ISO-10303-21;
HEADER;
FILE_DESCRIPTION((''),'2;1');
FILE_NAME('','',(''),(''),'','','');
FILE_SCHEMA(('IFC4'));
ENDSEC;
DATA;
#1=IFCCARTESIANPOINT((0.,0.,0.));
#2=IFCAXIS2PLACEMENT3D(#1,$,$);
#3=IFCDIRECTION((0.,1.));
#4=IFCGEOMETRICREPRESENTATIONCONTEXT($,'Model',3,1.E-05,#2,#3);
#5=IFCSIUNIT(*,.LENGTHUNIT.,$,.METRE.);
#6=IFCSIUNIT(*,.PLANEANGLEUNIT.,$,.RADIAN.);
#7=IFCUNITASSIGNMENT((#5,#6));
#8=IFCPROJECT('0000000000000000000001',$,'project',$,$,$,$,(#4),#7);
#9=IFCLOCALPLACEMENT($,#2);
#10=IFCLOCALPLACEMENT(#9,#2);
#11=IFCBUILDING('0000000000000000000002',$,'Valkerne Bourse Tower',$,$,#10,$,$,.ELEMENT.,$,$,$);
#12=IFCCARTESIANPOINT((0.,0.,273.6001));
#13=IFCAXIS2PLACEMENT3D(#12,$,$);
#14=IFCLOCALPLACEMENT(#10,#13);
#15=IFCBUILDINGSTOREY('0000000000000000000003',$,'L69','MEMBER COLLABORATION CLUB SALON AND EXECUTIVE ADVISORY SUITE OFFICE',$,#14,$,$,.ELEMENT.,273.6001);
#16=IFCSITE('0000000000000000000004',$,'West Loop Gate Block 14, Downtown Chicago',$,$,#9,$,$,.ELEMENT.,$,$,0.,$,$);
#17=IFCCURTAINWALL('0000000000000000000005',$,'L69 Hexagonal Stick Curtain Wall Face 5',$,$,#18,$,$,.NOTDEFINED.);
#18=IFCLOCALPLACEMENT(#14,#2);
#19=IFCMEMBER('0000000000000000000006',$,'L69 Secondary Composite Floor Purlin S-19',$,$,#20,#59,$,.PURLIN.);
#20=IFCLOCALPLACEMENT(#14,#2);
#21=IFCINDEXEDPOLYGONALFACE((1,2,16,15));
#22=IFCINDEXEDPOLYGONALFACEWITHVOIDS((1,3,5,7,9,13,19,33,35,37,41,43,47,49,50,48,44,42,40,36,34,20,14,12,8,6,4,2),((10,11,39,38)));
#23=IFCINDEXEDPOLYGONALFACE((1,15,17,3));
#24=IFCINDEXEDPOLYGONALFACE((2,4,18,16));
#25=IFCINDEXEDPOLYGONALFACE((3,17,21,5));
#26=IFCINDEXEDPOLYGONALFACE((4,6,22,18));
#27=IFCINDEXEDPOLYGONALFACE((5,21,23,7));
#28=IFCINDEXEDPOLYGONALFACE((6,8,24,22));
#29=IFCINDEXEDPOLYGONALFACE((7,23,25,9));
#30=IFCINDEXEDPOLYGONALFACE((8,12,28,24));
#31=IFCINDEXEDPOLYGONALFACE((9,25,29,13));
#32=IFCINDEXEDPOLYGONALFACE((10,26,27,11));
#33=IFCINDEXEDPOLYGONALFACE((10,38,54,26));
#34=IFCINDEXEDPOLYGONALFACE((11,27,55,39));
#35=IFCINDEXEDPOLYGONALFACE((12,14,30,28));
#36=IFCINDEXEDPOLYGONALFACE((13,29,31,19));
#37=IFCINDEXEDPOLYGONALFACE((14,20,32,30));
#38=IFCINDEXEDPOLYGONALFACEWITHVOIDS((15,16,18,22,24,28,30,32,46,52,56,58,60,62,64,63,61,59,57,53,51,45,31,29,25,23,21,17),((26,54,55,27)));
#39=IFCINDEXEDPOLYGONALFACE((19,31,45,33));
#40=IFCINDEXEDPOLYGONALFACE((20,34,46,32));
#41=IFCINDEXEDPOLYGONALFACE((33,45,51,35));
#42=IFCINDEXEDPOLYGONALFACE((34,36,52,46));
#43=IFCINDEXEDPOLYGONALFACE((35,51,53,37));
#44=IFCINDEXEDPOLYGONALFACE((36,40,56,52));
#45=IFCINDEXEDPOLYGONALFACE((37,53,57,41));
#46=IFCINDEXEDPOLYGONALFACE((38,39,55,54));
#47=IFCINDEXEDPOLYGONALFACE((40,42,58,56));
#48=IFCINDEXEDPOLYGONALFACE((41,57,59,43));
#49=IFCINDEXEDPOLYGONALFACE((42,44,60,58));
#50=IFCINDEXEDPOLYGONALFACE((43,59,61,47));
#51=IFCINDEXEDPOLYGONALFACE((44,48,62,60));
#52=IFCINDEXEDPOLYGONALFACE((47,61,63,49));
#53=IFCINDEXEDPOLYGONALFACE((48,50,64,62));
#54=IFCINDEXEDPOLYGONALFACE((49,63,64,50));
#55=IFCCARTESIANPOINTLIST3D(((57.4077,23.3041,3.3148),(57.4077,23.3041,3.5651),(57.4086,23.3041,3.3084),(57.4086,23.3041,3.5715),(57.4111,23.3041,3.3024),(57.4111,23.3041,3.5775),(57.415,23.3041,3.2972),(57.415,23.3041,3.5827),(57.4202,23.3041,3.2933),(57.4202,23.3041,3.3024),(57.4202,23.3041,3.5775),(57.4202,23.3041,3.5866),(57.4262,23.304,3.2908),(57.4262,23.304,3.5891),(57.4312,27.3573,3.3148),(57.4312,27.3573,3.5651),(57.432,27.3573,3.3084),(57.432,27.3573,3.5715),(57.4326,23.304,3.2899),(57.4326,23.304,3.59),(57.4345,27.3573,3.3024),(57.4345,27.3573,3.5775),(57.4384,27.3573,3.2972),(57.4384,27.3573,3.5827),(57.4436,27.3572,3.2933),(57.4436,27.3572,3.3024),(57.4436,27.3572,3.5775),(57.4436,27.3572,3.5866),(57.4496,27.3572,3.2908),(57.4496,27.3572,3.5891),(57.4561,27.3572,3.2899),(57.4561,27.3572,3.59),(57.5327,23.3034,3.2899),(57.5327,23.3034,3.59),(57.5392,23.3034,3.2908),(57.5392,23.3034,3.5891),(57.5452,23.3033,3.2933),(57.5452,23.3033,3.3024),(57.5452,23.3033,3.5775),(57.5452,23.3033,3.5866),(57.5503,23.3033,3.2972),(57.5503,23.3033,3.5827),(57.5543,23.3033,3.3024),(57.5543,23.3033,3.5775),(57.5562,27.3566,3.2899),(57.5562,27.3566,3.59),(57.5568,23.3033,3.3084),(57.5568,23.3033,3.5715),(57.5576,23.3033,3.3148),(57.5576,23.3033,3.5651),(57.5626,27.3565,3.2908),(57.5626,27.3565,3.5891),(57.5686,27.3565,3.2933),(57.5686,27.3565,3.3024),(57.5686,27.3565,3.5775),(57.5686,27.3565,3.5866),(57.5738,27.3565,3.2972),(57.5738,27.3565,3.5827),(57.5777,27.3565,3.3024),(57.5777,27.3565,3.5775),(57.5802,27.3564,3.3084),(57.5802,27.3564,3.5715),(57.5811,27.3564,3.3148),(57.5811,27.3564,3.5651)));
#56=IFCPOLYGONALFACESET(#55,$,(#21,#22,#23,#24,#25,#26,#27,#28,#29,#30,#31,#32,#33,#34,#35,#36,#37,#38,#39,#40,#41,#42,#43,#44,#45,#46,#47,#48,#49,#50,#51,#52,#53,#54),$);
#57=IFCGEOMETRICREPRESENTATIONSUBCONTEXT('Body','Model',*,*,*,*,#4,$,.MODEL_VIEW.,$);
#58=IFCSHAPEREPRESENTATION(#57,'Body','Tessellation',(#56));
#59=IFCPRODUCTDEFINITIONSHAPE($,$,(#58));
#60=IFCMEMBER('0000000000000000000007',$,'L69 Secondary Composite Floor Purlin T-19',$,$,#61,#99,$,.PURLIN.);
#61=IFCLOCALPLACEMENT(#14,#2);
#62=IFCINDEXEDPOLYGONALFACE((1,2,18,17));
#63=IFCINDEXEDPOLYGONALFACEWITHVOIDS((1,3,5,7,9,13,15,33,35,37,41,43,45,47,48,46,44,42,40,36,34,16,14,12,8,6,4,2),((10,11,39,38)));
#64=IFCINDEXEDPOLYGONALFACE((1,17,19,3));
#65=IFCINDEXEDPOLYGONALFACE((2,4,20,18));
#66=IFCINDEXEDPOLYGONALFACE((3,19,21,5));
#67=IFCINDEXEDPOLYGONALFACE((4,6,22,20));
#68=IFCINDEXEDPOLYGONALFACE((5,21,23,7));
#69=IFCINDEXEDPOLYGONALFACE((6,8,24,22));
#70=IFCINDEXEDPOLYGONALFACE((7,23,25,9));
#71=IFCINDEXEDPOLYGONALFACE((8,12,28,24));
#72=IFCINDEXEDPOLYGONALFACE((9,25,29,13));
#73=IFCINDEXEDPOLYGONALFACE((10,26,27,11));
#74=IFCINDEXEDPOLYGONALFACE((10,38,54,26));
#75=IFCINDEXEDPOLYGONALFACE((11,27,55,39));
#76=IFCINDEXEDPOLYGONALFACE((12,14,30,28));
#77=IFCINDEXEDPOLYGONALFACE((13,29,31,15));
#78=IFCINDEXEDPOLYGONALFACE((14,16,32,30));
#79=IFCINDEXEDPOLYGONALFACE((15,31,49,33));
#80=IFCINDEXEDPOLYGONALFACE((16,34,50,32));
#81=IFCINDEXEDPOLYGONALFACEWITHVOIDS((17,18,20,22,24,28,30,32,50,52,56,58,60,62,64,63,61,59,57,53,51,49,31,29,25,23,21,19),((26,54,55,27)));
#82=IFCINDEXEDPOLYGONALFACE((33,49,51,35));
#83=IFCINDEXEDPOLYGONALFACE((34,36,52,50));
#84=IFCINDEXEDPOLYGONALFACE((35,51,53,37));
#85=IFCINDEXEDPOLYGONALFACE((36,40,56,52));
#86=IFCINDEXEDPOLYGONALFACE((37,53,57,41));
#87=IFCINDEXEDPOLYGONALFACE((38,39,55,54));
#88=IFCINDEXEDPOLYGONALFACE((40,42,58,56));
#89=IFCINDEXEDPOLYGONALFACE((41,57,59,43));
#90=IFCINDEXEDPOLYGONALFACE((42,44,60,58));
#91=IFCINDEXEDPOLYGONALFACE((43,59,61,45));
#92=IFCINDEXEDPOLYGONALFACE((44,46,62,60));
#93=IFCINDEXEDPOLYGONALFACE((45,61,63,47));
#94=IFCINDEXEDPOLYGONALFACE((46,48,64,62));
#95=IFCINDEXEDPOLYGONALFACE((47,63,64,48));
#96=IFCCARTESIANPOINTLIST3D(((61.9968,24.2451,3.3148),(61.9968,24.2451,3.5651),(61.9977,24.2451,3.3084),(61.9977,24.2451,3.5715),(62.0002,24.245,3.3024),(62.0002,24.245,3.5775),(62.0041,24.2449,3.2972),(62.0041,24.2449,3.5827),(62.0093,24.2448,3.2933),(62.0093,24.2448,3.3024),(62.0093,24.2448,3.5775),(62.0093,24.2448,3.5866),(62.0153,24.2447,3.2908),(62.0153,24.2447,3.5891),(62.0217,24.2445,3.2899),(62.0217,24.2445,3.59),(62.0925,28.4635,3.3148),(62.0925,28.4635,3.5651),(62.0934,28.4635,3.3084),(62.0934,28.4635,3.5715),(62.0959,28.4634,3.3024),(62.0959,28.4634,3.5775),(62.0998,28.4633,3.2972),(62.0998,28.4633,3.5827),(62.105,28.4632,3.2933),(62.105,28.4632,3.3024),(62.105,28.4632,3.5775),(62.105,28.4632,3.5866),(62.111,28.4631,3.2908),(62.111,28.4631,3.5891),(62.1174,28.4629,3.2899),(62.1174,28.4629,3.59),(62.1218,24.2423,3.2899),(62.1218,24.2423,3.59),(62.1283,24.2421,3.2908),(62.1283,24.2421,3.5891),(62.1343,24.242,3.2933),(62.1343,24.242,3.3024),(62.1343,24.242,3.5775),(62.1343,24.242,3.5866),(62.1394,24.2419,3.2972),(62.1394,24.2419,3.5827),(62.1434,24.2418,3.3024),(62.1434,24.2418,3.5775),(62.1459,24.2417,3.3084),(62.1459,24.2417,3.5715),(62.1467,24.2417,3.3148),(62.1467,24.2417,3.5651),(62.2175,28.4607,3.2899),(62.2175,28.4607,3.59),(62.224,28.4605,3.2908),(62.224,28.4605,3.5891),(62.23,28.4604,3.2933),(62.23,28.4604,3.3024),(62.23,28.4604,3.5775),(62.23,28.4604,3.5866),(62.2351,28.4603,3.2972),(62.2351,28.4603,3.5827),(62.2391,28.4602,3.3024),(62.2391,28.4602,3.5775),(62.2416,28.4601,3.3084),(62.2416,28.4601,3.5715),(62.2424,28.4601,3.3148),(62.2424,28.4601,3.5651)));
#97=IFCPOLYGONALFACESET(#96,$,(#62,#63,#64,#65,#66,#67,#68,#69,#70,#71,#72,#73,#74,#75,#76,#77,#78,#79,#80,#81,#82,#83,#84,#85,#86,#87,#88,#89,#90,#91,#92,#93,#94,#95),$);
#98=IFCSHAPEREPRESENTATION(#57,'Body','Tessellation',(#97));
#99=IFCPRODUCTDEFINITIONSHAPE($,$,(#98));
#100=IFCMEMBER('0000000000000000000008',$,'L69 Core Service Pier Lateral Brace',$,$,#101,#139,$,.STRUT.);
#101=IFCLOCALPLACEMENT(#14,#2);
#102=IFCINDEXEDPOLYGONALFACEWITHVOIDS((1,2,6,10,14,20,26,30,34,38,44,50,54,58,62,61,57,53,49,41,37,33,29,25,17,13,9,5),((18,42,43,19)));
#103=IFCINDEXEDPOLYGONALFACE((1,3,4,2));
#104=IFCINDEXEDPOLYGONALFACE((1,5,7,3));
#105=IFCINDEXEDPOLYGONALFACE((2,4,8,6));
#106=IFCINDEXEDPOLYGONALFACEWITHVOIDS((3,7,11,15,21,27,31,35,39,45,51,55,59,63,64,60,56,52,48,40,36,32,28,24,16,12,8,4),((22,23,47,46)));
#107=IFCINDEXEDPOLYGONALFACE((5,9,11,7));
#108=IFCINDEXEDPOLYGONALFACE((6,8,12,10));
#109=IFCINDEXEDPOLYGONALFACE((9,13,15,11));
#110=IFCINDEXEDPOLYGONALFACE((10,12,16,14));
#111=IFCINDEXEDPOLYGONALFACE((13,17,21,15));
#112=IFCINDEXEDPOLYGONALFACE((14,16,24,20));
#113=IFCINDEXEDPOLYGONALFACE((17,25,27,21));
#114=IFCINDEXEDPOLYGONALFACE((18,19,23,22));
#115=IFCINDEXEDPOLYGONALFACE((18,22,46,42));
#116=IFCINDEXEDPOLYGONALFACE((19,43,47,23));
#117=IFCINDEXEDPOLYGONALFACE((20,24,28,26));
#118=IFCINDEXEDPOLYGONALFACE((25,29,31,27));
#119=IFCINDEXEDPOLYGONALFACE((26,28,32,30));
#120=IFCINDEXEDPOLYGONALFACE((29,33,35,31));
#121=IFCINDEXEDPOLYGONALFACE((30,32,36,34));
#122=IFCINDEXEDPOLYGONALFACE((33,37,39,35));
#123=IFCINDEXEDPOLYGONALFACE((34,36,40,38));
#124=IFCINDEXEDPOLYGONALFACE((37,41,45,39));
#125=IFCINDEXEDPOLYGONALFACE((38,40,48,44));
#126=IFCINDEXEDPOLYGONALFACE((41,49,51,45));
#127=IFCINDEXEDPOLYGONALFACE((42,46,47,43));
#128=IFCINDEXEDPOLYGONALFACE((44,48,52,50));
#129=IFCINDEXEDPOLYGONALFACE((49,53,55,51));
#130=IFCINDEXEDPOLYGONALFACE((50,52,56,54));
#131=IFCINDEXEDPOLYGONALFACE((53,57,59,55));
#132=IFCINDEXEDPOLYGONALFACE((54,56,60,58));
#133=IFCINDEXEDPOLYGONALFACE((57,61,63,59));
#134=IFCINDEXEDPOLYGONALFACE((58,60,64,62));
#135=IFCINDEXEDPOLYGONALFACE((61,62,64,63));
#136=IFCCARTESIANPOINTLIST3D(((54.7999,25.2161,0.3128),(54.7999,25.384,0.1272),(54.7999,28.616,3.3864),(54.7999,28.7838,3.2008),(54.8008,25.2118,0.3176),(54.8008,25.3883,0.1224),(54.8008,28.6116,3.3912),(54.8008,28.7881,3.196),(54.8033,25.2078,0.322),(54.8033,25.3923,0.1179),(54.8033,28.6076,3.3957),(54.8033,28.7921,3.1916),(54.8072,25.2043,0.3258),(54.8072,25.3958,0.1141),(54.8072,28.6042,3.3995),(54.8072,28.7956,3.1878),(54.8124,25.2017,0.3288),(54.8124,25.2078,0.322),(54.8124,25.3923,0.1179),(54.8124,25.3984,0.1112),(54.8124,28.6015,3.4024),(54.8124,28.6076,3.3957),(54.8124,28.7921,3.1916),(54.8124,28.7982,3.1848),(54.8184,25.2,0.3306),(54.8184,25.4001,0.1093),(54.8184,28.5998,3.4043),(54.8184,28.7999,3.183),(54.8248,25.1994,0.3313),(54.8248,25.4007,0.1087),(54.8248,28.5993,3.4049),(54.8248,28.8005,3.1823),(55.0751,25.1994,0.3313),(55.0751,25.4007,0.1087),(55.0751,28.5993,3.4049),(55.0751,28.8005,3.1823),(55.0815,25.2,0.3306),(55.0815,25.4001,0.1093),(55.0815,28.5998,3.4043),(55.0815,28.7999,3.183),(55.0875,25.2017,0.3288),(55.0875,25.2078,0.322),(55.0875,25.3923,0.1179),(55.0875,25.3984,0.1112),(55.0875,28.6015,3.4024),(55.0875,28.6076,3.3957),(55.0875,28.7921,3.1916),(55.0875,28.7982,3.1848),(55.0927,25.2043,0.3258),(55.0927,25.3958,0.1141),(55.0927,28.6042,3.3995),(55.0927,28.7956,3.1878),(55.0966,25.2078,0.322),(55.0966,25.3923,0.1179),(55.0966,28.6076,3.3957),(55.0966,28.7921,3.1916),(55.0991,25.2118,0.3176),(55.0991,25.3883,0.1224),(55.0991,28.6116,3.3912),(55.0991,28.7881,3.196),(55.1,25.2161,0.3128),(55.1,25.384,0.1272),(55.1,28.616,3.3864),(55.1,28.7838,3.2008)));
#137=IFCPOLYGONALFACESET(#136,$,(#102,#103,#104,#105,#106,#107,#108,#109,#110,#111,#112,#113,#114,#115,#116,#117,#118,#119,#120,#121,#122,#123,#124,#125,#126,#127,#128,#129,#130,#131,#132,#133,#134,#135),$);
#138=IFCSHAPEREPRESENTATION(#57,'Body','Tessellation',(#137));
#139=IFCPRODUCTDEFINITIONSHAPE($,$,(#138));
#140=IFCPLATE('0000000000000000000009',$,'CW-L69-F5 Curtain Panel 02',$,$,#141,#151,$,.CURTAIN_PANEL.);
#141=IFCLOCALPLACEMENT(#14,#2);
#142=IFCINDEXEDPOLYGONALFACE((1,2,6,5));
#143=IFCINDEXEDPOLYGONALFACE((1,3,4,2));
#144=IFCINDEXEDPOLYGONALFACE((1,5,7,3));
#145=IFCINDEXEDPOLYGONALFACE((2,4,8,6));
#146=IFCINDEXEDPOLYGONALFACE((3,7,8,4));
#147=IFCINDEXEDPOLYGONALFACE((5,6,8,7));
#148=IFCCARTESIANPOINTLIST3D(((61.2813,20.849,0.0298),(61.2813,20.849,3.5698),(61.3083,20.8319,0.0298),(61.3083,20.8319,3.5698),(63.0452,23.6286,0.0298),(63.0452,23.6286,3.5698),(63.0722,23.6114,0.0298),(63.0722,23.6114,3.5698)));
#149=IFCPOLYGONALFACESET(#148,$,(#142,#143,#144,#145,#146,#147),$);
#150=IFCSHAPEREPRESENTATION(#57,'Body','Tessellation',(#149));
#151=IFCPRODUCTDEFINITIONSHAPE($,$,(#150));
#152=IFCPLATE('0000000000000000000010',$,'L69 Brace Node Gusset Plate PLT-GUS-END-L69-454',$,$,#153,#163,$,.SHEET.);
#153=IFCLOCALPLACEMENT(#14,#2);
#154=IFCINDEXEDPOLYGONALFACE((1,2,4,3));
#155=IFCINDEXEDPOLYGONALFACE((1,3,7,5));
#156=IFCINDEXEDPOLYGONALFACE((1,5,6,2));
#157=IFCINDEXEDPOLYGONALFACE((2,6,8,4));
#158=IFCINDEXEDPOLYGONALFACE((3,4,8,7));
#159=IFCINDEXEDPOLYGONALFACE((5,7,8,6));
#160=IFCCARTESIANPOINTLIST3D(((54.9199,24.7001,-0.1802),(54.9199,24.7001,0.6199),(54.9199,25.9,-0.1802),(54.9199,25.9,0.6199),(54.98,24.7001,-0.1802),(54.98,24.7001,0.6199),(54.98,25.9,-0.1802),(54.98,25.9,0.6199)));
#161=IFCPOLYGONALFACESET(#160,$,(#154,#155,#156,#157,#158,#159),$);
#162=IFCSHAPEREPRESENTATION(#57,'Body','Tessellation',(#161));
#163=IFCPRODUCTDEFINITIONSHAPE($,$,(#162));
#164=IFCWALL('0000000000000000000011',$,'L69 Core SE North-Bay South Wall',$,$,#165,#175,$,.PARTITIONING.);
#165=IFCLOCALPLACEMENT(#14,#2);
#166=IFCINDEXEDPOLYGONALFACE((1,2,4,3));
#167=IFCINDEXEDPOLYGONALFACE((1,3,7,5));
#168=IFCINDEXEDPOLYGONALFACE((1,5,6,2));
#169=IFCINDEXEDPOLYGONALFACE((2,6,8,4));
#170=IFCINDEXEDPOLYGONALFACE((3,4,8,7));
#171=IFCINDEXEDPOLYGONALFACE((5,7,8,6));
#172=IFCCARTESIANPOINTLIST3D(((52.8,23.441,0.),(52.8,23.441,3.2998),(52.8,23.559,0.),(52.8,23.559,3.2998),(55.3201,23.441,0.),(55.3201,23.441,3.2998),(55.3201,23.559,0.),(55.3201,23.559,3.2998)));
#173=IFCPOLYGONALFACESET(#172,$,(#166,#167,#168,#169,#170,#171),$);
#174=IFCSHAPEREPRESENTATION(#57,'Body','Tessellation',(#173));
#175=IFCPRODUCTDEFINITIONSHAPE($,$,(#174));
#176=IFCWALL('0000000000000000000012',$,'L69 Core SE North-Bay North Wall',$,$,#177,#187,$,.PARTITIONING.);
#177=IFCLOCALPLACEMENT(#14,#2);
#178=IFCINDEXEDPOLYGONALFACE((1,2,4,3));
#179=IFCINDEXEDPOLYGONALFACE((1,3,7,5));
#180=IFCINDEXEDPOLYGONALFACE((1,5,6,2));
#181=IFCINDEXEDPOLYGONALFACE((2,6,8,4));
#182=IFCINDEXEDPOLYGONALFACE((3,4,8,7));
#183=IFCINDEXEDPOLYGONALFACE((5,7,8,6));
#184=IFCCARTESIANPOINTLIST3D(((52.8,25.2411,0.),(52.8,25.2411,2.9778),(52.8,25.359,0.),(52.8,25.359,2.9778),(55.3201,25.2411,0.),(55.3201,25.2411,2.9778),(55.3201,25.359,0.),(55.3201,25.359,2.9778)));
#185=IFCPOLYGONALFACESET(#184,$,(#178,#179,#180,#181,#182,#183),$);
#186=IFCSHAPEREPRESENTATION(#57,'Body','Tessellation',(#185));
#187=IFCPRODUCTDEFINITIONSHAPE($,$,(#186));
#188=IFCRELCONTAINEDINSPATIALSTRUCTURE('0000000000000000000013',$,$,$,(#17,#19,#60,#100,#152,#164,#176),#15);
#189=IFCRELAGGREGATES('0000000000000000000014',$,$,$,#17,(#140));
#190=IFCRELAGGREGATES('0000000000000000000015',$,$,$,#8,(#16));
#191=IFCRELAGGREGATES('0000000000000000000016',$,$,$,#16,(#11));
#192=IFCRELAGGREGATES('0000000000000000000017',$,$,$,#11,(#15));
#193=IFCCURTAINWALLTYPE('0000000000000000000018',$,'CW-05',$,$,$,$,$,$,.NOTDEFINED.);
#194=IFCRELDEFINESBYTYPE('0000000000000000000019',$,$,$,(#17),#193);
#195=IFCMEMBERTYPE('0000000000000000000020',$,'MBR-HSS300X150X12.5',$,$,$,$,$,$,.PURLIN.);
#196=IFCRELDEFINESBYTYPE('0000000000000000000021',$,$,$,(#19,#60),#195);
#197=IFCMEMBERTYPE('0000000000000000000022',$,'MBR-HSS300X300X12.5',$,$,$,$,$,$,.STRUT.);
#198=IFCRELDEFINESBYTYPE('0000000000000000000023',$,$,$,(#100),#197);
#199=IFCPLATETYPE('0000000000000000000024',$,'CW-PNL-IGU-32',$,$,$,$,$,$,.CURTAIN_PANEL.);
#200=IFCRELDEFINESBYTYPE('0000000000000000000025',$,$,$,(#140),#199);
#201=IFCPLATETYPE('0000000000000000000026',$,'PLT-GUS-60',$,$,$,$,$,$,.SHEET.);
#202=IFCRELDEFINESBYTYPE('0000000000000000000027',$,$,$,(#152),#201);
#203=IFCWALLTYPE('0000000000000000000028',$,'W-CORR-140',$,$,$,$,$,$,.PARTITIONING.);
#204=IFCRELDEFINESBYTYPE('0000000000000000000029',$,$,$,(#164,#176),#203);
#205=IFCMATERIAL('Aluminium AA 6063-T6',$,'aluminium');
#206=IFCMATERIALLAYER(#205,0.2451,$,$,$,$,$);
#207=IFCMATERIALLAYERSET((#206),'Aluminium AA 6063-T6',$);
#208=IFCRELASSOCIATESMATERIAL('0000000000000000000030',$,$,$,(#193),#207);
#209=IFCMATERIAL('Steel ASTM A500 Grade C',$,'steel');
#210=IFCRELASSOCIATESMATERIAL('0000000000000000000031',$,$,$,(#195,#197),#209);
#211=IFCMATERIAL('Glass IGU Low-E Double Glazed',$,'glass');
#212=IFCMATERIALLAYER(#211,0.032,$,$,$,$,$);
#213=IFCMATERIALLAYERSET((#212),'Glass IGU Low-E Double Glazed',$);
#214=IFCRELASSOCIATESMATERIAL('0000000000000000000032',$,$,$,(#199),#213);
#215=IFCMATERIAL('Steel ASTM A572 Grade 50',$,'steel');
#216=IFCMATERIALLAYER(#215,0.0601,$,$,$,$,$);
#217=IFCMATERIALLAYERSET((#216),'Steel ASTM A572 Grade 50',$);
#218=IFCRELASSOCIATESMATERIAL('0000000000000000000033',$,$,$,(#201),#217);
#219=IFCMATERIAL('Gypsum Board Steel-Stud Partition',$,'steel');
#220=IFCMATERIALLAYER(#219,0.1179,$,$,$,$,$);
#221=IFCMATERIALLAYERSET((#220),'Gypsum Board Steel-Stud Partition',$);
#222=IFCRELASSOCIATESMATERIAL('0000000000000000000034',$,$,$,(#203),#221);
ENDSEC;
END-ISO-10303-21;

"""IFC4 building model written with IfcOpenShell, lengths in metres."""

from ifc_helpers import new_model, si_unit, direction, frame, frame_2d, origin, origin_2d, place, context, subcontext, project, spatial, rectangle, hollow_rectangle, extrude, material, layer, layer_set, material_profile, profile_set, type_object, element, aggregate, save


model = new_model("IFC4")

# Units and contexts
model_context = context("Model", 3, precision=1e-05, world=origin(), true_north=direction((0.0, 1.0)))
body_context = subcontext(model_context, "Body", "Model", "MODEL_VIEW")
ifc_project = project(units=[si_unit("LENGTHUNIT", "METRE"), si_unit("PLANEANGLEUNIT", "RADIAN")], contexts=[model_context])

# Site, building, storey
site_placement = place(None, origin())
site = spatial("IfcSite", under=ifc_project, at=site_placement, Name="West Loop Gate Block 14, Downtown Chicago", CompositionType="ELEMENT", RefElevation=0.0)
building_placement = place(site_placement, origin())
building = spatial("IfcBuilding", under=site, at=building_placement, Name="Valkerne Bourse Tower", CompositionType="ELEMENT")
storey_placement = place(building_placement, frame((0.0, 0.0, 273.6001)))
storey = spatial("IfcBuildingStorey", under=building, at=storey_placement, Name="L69", Description="MEMBER COLLABORATION CLUB SALON AND EXECUTIVE ADVISORY SUITE OFFICE", CompositionType="ELEMENT", Elevation=273.6001)

# Shared definitions
ifc_material_1 = material(Name="Steel ASTM A500 Grade C", Category="steel")

# Curtain wall
ifc_material_2 = material(Name="Aluminium AA 6063-T6", Category="aluminium")
ifc_layer_1 = layer(ifc_material_2, 0.2451)
ifc_layer_set_1 = layer_set([ifc_layer_1], Name="Aluminium AA 6063-T6")
curtain_wall_type = type_object("IfcCurtainWallType", Name="CW-05", PredefinedType="NOTDEFINED", material=ifc_layer_set_1)
curtain_wall_placement = place(storey_placement, origin())
curtain_wall = element("IfcCurtainWall", 1, at=curtain_wall_placement, inside=storey, type_object=curtain_wall_type, Name="L69 Hexagonal Stick Curtain Wall Face 5", PredefinedType="NOTDEFINED")

# Members
ifc_material_profile_1 = material_profile(ifc_material_1, hollow_rectangle(XDim=0.1499, YDim=0.3, WallThickness=0.0125, OuterFilletRadius=0.0249, at=origin_2d()), Name="HSS300X150X12.5")
ifc_profile_set_1 = profile_set([ifc_material_profile_1], Name="Steel ASTM A500 Grade C")
member_type_1 = type_object("IfcMemberType", Name="MBR-HSS300X150X12.5", PredefinedType="PURLIN", material=ifc_profile_set_1)
member_1_placement = place(storey_placement, frame((57.4827, 23.3037, 3.4399), z_axis=(0.005782, 0.999983, 0.0), x_axis=(-0.999983, 0.005782, 0.0)))
element("IfcMember", 2, at=member_1_placement, inside=storey, type_object=member_type_1, Name="L69 Secondary Composite Floor Purlin S-19", PredefinedType="PURLIN", context=body_context, shape_type="SweptSolid", body=[
    extrude(hollow_rectangle(XDim=0.1499, YDim=0.3, WallThickness=0.0125, OuterFilletRadius=0.0249, at=origin_2d()), origin(), (0.0, 0.0, 1.0), 4.0532),
])
member_2_placement = place(storey_placement, frame((62.0718, 24.2434, 3.4399), z_axis=(0.022681, 0.999743, 0.0), x_axis=(-0.999743, 0.022681, 0.0)))
element("IfcMember", 3, at=member_2_placement, inside=storey, type_object=member_type_1, Name="L69 Secondary Composite Floor Purlin T-19", PredefinedType="PURLIN", context=body_context, shape_type="SweptSolid", body=[
    extrude(hollow_rectangle(XDim=0.1499, YDim=0.3, WallThickness=0.0125, OuterFilletRadius=0.0249, at=origin_2d()), origin(), (0.0, 0.0, 1.0), 4.2195),
])
ifc_material_profile_2 = material_profile(ifc_material_1, hollow_rectangle(XDim=0.3, YDim=0.3, WallThickness=0.0125, OuterFilletRadius=0.0249, at=origin_2d()), Name="HSS300X300X12.5")
ifc_profile_set_2 = profile_set([ifc_material_profile_2], Name="Steel ASTM A500 Grade C")
member_type_2 = type_object("IfcMemberType", Name="MBR-HSS300X300X12.5", PredefinedType="STRUT", material=ifc_profile_set_2)
member_3_placement = place(storey_placement, frame((54.95, 25.3, 0.22), z_axis=(0.0, 0.741793, 0.670629), x_axis=(-1.0, 0.0, 0.0)))
element("IfcMember", 4, at=member_3_placement, inside=storey, type_object=member_type_2, Name="L69 Core Service Pier Lateral Brace", PredefinedType="STRUT", context=body_context, shape_type="SweptSolid", body=[
    extrude(hollow_rectangle(XDim=0.3, YDim=0.3, WallThickness=0.0125, OuterFilletRadius=0.0249, at=origin_2d()), origin(), (0.0, 0.0, 1.0), 4.5833),
])

# Plates
ifc_material_3 = material(Name="Glass IGU Low-E Double Glazed", Category="glass")
ifc_layer_2 = layer(ifc_material_3, 0.032)
ifc_layer_set_2 = layer_set([ifc_layer_2], Name="Glass IGU Low-E Double Glazed")
plate_type_1 = type_object("IfcPlateType", Name="CW-PNL-IGU-32", PredefinedType="CURTAIN_PANEL", material=ifc_layer_set_2)
plate_1_placement = place(storey_placement, frame((62.1768, 22.2302, 0.0298), z_axis=(0.0, 0.0, 1.0), x_axis=(0.535827, 0.844328, 0.0)))
plate_1 = element("IfcPlate", 5, at=plate_1_placement, type_object=plate_type_1, Name="CW-L69-F5 Curtain Panel 02", PredefinedType="CURTAIN_PANEL", context=body_context, shape_type="SweptSolid", body=[
    extrude(rectangle(XDim=3.292, YDim=0.032, at=origin_2d()), origin(), (0.0, 0.0, 1.0), 3.54),
])
aggregate(curtain_wall, [plate_1])
ifc_material_4 = material(Name="Steel ASTM A572 Grade 50", Category="steel")
ifc_layer_3 = layer(ifc_material_4, 0.0601)
ifc_layer_set_3 = layer_set([ifc_layer_3], Name="Steel ASTM A572 Grade 50")
plate_type_2 = type_object("IfcPlateType", Name="PLT-GUS-60", PredefinedType="SHEET", material=ifc_layer_set_3)
plate_2_placement = place(storey_placement, frame((54.95, 25.3, -0.1802), z_axis=(0.0, 0.0, 1.0), x_axis=(0.0, 1.0, 0.0)))
element("IfcPlate", 6, at=plate_2_placement, inside=storey, type_object=plate_type_2, Name="L69 Brace Node Gusset Plate PLT-GUS-END-L69-454", PredefinedType="SHEET", context=body_context, shape_type="SweptSolid", body=[
    extrude(rectangle(XDim=1.2, YDim=0.0601, at=origin_2d()), origin(), (0.0, 0.0, 1.0), 0.8),
])

# Walls
ifc_material_5 = material(Name="Gypsum Board Steel-Stud Partition", Category="steel")
ifc_layer_4 = layer(ifc_material_5, 0.1179)
ifc_layer_set_4 = layer_set([ifc_layer_4], Name="Gypsum Board Steel-Stud Partition")
wall_type_1 = type_object("IfcWallType", Name="W-CORR-140", PredefinedType="PARTITIONING", material=ifc_layer_set_4)
wall_1_placement = place(storey_placement, frame((52.8, 23.5, 0.0), z_axis=(0.0, 0.0, 1.0), x_axis=(1.0, 0.0, 0.0)))
element("IfcWall", 7, at=wall_1_placement, inside=storey, type_object=wall_type_1, Name="L69 Core SE North-Bay South Wall", PredefinedType="PARTITIONING", context=body_context, shape_type="SweptSolid", body=[
    extrude(rectangle(XDim=2.52, YDim=0.1179, at=frame_2d((1.26, 0.0))), origin(), (0.0, 0.0, 1.0), 3.2998),
])
wall_2_placement = place(storey_placement, frame((52.8, 25.3, 0.0), z_axis=(0.0, 0.0, 1.0), x_axis=(1.0, 0.0, 0.0)))
element("IfcWall", 8, at=wall_2_placement, inside=storey, type_object=wall_type_1, Name="L69 Core SE North-Bay North Wall", PredefinedType="PARTITIONING", context=body_context, shape_type="SweptSolid", body=[
    extrude(rectangle(XDim=2.52, YDim=0.1179, at=frame_2d((1.26, 0.0))), origin(), (0.0, 0.0, 1.0), 2.9778),
])

save(model, "model.ifc")
